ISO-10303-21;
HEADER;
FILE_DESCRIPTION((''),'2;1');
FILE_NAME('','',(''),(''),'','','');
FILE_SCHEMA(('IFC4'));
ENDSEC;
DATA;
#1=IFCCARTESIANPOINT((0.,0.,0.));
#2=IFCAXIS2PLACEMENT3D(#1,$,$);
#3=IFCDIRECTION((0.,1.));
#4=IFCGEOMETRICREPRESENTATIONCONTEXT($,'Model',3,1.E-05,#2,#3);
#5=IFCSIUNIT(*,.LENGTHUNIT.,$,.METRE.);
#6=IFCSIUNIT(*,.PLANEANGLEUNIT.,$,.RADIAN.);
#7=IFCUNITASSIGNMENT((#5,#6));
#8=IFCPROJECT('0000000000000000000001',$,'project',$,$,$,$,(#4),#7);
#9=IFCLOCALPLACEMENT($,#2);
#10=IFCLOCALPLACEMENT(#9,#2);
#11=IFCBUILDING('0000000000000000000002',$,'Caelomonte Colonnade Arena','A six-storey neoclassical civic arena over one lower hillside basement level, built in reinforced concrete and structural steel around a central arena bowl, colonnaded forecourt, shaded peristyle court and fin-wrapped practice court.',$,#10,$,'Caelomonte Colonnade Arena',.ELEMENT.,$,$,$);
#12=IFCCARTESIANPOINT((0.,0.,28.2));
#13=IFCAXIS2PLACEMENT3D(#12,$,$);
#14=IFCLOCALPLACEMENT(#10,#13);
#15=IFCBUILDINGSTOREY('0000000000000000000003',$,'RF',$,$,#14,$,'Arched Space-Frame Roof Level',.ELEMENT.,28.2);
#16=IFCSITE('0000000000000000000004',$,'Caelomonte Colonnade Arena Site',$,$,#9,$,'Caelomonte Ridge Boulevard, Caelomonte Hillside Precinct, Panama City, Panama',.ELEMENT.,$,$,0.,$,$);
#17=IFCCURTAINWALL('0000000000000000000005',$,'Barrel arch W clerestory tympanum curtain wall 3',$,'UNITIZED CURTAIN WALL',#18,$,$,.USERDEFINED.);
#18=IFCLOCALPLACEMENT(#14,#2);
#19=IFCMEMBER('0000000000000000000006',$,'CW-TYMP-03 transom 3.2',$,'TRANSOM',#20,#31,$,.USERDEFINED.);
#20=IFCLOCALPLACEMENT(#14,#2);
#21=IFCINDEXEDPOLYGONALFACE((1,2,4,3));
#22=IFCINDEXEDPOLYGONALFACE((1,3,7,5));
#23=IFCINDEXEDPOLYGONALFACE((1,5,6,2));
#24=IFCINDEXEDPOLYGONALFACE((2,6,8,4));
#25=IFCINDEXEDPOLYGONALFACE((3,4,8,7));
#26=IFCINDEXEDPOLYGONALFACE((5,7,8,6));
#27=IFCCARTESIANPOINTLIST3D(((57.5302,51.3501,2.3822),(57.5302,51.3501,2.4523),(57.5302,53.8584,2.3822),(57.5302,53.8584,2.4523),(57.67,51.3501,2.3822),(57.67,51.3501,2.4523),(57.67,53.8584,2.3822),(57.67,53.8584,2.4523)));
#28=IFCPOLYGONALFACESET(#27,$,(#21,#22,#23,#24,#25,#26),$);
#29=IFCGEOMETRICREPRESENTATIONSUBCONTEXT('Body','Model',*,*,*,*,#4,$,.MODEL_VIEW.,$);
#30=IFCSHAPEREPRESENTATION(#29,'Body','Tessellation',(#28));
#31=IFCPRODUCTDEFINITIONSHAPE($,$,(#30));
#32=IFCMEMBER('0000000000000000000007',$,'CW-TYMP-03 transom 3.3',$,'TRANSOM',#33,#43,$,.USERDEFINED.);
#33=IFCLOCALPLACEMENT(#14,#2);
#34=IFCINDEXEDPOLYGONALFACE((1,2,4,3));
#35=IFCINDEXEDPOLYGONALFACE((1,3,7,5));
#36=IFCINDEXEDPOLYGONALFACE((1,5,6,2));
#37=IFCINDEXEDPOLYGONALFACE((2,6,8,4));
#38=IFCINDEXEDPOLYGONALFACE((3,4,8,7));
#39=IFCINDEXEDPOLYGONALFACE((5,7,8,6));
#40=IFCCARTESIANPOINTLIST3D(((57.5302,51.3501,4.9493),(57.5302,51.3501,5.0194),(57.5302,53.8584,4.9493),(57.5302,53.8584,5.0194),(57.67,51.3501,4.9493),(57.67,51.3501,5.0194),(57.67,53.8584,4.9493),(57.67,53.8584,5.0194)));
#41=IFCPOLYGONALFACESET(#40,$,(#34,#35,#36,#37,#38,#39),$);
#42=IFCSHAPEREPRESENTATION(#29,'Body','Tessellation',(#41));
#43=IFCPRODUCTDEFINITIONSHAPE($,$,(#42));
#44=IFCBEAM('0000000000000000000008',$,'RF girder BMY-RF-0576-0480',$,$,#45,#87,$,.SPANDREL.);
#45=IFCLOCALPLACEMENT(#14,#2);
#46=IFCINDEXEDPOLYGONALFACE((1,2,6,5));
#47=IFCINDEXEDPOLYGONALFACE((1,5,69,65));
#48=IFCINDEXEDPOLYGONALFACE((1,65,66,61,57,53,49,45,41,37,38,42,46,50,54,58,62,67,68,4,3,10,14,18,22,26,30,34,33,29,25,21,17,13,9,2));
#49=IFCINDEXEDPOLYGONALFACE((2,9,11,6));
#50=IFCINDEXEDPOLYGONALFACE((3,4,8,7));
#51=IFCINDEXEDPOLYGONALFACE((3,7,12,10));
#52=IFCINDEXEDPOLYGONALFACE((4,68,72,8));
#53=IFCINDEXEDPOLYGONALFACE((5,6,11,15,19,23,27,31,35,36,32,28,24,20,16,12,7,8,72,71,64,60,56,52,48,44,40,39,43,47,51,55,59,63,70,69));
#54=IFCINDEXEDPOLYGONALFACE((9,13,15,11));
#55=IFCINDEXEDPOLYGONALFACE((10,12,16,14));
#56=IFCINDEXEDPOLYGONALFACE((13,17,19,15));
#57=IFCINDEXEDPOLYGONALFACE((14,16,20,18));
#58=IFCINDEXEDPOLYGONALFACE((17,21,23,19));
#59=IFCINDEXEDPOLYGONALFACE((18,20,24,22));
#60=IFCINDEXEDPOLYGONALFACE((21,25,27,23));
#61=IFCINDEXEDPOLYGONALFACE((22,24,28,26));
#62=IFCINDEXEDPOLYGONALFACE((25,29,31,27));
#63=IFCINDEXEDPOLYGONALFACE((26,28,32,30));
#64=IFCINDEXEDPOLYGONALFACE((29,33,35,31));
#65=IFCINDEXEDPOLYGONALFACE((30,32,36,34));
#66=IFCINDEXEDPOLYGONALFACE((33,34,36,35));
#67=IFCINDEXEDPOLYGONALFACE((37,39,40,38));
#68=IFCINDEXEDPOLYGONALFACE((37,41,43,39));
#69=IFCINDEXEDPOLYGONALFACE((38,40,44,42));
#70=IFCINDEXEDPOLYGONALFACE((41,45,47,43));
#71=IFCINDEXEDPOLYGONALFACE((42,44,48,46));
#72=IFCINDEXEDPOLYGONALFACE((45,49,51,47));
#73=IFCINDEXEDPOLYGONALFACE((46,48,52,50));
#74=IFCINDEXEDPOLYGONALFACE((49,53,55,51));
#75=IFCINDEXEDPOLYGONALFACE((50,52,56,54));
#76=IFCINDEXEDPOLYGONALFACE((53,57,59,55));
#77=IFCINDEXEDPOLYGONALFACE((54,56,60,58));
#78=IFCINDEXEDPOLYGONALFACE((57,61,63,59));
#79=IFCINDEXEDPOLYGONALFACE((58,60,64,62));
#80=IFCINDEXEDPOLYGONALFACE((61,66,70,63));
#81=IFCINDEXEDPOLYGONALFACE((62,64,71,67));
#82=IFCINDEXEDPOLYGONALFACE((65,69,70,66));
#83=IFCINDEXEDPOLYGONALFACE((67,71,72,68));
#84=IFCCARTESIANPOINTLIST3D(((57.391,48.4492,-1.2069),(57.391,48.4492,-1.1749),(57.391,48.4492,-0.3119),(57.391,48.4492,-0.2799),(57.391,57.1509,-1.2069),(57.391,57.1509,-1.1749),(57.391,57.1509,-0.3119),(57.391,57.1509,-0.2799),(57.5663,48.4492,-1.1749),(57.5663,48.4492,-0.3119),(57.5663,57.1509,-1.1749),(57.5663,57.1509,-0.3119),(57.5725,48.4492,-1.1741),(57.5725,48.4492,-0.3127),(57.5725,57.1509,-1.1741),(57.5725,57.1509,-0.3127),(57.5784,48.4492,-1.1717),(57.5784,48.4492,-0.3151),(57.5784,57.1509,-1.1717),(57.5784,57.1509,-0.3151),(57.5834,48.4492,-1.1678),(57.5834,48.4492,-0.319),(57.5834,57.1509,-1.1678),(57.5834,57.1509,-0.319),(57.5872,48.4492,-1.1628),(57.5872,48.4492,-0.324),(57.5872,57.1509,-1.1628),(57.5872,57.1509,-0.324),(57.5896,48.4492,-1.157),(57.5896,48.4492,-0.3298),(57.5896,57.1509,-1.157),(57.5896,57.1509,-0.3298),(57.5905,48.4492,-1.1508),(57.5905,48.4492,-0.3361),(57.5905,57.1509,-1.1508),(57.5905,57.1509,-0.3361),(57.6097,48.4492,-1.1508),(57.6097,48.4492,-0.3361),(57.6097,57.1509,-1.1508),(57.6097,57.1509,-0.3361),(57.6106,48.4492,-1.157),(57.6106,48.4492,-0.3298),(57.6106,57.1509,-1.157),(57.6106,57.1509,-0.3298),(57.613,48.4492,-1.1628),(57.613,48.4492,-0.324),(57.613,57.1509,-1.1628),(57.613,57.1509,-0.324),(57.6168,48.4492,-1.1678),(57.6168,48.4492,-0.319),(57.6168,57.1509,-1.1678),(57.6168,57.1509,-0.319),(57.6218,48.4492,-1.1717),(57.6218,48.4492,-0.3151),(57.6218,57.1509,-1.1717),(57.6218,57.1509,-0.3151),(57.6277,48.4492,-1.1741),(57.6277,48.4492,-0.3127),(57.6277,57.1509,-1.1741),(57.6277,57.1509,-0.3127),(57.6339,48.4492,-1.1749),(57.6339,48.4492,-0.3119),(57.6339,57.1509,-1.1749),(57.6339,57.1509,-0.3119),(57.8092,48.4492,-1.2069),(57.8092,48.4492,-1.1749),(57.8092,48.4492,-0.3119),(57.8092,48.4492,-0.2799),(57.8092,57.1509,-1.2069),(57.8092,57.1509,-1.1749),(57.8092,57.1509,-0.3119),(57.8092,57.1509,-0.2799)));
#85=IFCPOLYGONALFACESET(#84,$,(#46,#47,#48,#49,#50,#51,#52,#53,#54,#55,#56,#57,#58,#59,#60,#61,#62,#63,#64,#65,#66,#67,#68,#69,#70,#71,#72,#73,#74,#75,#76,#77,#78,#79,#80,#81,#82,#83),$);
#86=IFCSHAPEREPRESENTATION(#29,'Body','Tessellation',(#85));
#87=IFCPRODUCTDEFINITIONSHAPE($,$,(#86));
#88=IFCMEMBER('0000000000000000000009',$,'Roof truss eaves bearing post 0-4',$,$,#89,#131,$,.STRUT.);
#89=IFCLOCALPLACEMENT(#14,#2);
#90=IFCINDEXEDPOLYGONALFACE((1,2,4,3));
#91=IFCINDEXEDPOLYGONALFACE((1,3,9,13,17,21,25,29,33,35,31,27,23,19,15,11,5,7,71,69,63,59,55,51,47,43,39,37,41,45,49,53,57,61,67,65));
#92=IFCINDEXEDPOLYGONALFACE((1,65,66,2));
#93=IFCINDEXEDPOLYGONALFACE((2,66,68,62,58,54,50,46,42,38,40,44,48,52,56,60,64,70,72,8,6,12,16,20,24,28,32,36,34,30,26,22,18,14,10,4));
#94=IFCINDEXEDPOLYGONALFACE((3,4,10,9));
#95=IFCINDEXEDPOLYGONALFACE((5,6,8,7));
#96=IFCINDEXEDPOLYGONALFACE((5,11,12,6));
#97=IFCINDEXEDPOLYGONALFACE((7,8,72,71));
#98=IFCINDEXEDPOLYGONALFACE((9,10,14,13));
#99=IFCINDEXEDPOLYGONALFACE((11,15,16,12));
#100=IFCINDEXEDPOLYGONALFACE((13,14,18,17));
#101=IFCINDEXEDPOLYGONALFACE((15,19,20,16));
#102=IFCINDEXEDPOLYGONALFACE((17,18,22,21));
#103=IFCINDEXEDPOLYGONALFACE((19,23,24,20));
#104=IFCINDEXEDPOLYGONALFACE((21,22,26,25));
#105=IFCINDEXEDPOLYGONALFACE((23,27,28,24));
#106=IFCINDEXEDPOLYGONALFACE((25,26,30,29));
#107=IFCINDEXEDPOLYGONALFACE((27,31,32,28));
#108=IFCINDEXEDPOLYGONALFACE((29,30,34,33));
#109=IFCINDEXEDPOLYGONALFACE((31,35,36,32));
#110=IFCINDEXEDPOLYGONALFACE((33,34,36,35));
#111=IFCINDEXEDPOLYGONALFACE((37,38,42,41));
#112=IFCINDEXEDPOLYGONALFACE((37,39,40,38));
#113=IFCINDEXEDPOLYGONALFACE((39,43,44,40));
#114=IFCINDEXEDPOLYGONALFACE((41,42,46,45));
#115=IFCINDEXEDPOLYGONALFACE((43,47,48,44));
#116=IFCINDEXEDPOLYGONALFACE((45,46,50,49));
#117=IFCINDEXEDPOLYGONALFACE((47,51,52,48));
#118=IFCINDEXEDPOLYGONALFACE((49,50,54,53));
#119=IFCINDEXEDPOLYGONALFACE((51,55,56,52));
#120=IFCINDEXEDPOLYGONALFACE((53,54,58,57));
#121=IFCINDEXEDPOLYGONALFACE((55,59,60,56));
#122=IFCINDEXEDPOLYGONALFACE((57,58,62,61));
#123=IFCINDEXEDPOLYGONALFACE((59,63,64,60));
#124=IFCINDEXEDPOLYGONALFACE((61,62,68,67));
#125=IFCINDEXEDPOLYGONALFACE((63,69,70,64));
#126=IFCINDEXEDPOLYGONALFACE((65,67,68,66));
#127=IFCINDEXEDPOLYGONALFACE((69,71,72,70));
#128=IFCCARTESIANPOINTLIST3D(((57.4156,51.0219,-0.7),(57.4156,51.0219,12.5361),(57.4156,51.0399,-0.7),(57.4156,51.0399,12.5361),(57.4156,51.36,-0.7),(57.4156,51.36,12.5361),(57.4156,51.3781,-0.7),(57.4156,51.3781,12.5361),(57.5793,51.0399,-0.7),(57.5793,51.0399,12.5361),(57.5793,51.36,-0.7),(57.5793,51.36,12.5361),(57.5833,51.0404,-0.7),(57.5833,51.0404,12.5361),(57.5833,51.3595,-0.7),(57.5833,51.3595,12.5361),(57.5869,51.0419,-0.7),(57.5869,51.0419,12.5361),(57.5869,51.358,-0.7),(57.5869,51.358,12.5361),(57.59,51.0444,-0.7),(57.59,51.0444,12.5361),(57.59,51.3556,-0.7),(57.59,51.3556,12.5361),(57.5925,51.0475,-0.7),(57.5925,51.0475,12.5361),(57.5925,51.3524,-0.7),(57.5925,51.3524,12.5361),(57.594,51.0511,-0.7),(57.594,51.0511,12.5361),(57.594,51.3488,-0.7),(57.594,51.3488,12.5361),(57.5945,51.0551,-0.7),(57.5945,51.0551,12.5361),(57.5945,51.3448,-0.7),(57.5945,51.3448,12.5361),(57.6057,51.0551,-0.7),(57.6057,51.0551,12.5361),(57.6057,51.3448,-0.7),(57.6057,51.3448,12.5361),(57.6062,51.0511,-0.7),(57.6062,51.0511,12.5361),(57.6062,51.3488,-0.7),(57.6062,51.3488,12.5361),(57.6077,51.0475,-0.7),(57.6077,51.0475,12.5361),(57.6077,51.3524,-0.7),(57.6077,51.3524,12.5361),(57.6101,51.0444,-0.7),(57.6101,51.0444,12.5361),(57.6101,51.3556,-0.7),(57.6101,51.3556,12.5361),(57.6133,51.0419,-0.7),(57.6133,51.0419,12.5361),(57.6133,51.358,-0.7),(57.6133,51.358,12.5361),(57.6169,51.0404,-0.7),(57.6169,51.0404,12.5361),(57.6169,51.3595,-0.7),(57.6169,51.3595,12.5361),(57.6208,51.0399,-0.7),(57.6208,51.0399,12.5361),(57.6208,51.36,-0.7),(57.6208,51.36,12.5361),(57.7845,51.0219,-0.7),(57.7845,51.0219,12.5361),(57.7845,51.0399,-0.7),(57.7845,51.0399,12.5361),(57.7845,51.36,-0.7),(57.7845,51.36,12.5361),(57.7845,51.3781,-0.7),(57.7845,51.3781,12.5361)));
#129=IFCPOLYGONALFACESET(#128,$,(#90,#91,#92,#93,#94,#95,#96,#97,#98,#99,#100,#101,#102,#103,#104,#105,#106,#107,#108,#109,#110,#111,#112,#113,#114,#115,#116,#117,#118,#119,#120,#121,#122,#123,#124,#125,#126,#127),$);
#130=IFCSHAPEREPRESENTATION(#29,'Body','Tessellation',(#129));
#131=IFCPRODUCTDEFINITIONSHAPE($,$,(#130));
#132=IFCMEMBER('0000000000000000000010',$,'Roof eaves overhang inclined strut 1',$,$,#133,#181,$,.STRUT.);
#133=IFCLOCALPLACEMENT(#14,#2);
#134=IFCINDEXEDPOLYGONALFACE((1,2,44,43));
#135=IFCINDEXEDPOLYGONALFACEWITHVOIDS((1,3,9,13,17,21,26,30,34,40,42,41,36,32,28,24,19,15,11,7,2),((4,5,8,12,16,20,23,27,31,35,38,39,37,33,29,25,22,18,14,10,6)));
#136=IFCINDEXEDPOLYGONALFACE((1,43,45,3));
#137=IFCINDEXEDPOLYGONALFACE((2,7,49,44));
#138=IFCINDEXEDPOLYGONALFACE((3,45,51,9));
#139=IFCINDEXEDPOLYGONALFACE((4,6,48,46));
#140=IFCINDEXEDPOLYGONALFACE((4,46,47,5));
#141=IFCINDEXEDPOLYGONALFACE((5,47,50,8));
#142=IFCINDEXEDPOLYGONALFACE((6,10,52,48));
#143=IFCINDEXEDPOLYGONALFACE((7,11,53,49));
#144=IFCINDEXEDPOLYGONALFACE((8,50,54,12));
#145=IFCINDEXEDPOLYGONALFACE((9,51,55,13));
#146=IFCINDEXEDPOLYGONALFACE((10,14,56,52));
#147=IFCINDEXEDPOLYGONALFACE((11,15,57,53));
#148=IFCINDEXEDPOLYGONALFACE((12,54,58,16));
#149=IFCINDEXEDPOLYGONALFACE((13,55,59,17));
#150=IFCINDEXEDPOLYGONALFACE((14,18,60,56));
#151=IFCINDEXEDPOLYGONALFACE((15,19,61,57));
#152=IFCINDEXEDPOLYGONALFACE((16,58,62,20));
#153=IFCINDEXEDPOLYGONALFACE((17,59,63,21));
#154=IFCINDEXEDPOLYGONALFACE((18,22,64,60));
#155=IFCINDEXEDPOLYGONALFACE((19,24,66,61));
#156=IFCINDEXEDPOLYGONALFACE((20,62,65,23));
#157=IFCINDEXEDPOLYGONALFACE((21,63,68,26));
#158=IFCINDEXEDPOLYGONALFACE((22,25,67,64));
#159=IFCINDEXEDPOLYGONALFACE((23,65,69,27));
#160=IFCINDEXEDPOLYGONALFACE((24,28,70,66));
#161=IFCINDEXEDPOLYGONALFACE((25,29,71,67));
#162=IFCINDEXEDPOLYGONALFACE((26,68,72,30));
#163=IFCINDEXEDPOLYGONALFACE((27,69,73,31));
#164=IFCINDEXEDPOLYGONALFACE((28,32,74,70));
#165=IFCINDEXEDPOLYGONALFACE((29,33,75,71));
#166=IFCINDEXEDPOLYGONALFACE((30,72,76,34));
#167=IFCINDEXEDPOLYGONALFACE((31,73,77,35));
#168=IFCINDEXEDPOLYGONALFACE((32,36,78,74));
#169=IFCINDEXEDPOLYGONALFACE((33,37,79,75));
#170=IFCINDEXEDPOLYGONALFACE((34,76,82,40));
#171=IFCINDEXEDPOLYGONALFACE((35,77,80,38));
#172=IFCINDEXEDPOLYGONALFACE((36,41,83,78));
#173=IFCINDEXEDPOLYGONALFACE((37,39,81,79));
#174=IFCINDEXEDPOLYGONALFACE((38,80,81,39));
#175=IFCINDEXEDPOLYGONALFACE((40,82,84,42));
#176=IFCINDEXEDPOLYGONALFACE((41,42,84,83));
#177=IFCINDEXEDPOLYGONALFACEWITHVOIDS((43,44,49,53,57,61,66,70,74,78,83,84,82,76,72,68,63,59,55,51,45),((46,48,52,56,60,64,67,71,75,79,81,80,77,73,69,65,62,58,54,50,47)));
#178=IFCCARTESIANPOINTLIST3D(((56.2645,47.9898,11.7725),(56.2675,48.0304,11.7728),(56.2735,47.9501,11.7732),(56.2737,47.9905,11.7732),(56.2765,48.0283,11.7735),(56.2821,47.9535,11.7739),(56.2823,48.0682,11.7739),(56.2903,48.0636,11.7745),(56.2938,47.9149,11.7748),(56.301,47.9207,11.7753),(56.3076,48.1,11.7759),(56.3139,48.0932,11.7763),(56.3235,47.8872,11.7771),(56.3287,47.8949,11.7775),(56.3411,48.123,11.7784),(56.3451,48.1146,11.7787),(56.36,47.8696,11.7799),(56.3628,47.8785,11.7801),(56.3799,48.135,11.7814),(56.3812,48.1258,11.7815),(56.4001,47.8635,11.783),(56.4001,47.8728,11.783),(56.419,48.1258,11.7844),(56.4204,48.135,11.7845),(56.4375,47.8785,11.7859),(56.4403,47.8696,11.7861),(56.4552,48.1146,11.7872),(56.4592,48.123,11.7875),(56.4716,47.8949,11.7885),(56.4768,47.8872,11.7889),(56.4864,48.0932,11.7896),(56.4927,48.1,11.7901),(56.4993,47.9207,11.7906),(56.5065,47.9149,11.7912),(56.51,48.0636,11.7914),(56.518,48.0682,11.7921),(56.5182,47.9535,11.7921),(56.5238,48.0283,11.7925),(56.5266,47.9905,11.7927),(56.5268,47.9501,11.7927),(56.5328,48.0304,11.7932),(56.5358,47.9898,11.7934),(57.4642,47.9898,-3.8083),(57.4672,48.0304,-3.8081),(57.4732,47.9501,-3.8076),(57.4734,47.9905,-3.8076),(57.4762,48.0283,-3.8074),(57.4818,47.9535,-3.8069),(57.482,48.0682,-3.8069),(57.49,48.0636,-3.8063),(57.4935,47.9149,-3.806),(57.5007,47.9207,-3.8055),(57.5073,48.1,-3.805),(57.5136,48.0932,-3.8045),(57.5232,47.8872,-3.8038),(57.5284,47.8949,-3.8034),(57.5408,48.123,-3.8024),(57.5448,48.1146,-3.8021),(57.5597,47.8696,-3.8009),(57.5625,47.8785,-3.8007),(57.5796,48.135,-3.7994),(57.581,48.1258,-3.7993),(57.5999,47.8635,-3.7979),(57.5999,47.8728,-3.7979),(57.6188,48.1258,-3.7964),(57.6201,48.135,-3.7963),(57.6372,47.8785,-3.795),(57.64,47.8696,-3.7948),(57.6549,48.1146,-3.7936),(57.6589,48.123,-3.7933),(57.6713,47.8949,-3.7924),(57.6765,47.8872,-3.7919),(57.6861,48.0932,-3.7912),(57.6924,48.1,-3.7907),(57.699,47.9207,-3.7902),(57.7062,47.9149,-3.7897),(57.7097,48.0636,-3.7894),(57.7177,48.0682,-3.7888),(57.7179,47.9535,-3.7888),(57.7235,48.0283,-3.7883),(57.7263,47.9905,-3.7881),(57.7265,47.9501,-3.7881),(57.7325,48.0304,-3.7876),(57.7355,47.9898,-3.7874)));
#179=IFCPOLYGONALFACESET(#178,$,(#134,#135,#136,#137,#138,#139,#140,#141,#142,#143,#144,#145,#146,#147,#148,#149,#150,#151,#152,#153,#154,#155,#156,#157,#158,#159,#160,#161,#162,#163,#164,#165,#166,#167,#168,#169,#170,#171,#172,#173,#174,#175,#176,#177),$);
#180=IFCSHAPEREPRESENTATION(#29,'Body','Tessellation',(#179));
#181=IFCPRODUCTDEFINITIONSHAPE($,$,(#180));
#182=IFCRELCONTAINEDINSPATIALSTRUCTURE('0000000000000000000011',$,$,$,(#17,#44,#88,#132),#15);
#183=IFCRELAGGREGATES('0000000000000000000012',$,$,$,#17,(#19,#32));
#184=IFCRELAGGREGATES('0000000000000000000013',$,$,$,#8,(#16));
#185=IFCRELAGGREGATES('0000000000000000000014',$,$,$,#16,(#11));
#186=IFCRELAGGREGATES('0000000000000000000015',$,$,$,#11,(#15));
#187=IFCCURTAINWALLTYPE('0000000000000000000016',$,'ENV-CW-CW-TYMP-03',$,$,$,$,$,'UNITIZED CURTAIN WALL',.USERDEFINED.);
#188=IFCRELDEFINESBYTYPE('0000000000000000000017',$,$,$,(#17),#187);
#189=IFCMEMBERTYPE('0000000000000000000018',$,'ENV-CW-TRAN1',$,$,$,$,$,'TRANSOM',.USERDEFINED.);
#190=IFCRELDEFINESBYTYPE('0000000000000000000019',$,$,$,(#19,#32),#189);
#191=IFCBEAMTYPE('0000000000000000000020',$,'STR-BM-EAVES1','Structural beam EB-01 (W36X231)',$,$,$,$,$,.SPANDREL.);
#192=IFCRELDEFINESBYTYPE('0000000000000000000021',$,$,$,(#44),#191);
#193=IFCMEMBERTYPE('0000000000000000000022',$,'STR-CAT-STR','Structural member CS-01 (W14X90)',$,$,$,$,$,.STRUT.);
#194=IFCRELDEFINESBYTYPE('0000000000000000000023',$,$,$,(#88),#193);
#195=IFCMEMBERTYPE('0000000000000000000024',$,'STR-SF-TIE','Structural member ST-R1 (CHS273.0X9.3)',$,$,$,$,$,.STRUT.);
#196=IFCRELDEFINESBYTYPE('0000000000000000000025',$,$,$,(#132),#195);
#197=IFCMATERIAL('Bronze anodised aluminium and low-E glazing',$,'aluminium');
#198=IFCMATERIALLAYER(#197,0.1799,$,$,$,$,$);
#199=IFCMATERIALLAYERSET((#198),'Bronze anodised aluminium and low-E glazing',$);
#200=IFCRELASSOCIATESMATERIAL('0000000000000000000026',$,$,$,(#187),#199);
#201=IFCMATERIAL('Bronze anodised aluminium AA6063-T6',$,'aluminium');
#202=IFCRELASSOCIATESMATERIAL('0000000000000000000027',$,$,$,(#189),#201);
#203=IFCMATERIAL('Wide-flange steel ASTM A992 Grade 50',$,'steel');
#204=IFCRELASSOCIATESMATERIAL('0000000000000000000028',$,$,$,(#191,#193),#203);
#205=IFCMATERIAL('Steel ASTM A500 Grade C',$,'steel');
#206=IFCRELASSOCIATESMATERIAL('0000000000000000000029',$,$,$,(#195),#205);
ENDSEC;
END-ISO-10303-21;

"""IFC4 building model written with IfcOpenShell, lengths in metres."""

from ifc_helpers import new_model, si_unit, direction, frame, origin, origin_2d, place, context, subcontext, project, spatial, rectangle, hollow_circle, i_section, extrude, material, layer, layer_set, material_profile, profile_set, type_object, element, aggregate, save


model = new_model("IFC4")

# Units and contexts
model_context = context("Model", 3, precision=1e-05, world=origin(), true_north=direction((0.0, 1.0)))
body_context = subcontext(model_context, "Body", "Model", "MODEL_VIEW")
ifc_project = project(units=[si_unit("LENGTHUNIT", "METRE"), si_unit("PLANEANGLEUNIT", "RADIAN")], contexts=[model_context])

# Site, building, storey
site_placement = place(None, origin())
site = spatial("IfcSite", under=ifc_project, at=site_placement, Name="Caelomonte Colonnade Arena Site", LongName="Caelomonte Ridge Boulevard, Caelomonte Hillside Precinct, Panama City, Panama", CompositionType="ELEMENT", RefElevation=0.0)
building_placement = place(site_placement, origin())
building = spatial("IfcBuilding", under=site, at=building_placement, Name="Caelomonte Colonnade Arena", Description="A six-storey neoclassical civic arena over one lower hillside basement level, built in reinforced concrete and structural steel around a central arena bowl, colonnaded forecourt, shaded peristyle court and fin-wrapped practice court.", LongName="Caelomonte Colonnade Arena", CompositionType="ELEMENT")
storey_placement = place(building_placement, frame((0.0, 0.0, 28.2)))
storey = spatial("IfcBuildingStorey", under=building, at=storey_placement, Name="RF", LongName="Arched Space-Frame Roof Level", CompositionType="ELEMENT", Elevation=28.2)

# Curtain wall
ifc_material_1 = material(Name="Bronze anodised aluminium and low-E glazing", Category="aluminium")
ifc_material_2 = material(Name="Bronze anodised aluminium AA6063-T6", Category="aluminium")
ifc_layer_1 = layer(ifc_material_1, 0.1799)
ifc_layer_set_1 = layer_set([ifc_layer_1], Name="Bronze anodised aluminium and low-E glazing")
curtain_wall_type_1 = type_object("IfcCurtainWallType", Name="ENV-CW-CW-TYMP-03", ElementType="UNITIZED CURTAIN WALL", PredefinedType="USERDEFINED", material=ifc_layer_set_1)
curtain_wall_1_placement = place(storey_placement, origin())
curtain_wall_1 = element("IfcCurtainWall", 1, at=curtain_wall_1_placement, inside=storey, type_object=curtain_wall_type_1, Name="Barrel arch W clerestory tympanum curtain wall 3", ObjectType="UNITIZED CURTAIN WALL", PredefinedType="USERDEFINED")

# Members
ifc_material_profile_1 = material_profile(ifc_material_2, rectangle(XDim=0.0701, YDim=0.1399, at=origin_2d()), Name="CWT-70X140")
ifc_profile_set_1 = profile_set([ifc_material_profile_1], Name="Bronze anodised aluminium AA6063-T6")
member_type_1 = type_object("IfcMemberType", Name="ENV-CW-TRAN1", ElementType="TRANSOM", PredefinedType="USERDEFINED", material=ifc_profile_set_1)
member_1_placement = place(storey_placement, frame((57.6001, 53.8584, 2.4172), z_axis=(0.0, -1.0, 0.0), x_axis=(0.0, 0.0, 1.0)))
member_1 = element("IfcMember", 2, at=member_1_placement, type_object=member_type_1, Name="CW-TYMP-03 transom 3.2", ObjectType="TRANSOM", PredefinedType="USERDEFINED", context=body_context, shape_type="SweptSolid", body=[
    extrude(rectangle(XDim=0.0701, YDim=0.1399, at=origin_2d()), origin(), (0.0, 0.0, 1.0), 2.5083),
])
member_2_placement = place(storey_placement, frame((57.6001, 53.8584, 4.9844), z_axis=(0.0, -1.0, 0.0), x_axis=(0.0, 0.0, 1.0)))
member_2 = element("IfcMember", 3, at=member_2_placement, type_object=member_type_1, Name="CW-TYMP-03 transom 3.3", ObjectType="TRANSOM", PredefinedType="USERDEFINED", context=body_context, shape_type="SweptSolid", body=[
    extrude(rectangle(XDim=0.0701, YDim=0.1399, at=origin_2d()), origin(), (0.0, 0.0, 1.0), 2.5083),
])

# Beam
ifc_material_3 = material(Name="Wide-flange steel ASTM A992 Grade 50", Category="steel")
ifc_material_profile_2 = material_profile(ifc_material_3, i_section(OverallWidth=0.4182, OverallDepth=0.927, WebThickness=0.0193, FlangeThickness=0.032, FilletRadius=0.0242, at=origin_2d()), Name="W36X231")
ifc_profile_set_2 = profile_set([ifc_material_profile_2], Name="Wide-flange steel ASTM A992 Grade 50")
beam_type = type_object("IfcBeamType", Name="STR-BM-EAVES1", Description="Structural beam EB-01 (W36X231)", PredefinedType="SPANDREL", material=ifc_profile_set_2)
beam_placement = place(storey_placement, frame((57.6001, 48.4492, -0.7434), z_axis=(0.0, 1.0, 0.0), x_axis=(-1.0, 0.0, 0.0)))
element("IfcBeam", 4, at=beam_placement, inside=storey, type_object=beam_type, Name="RF girder BMY-RF-0576-0480", PredefinedType="SPANDREL", context=body_context, shape_type="SweptSolid", body=[
    extrude(i_section(OverallWidth=0.4182, OverallDepth=0.927, WebThickness=0.0193, FlangeThickness=0.032, FilletRadius=0.0242, at=origin_2d()), origin(), (0.0, 0.0, 1.0), 8.7017),
])

# Members
ifc_material_profile_3 = material_profile(ifc_material_3, i_section(OverallWidth=0.3689, OverallDepth=0.3562, WebThickness=0.0112, FlangeThickness=0.0181, FilletRadius=0.0151, at=origin_2d()), Name="W14X90")
ifc_profile_set_3 = profile_set([ifc_material_profile_3], Name="Wide-flange steel ASTM A992 Grade 50")
member_type_2 = type_object("IfcMemberType", Name="STR-CAT-STR", Description="Structural member CS-01 (W14X90)", PredefinedType="STRUT", material=ifc_profile_set_3)
member_3_placement = place(storey_placement, frame((57.6001, 51.2, -0.7), z_axis=(0.0, 0.0, 1.0), x_axis=(1.0, 0.0, 0.0)))
element("IfcMember", 5, at=member_3_placement, inside=storey, type_object=member_type_2, Name="Roof truss eaves bearing post 0-4", PredefinedType="STRUT", context=body_context, shape_type="SweptSolid", body=[
    extrude(i_section(OverallWidth=0.3689, OverallDepth=0.3562, WebThickness=0.0112, FlangeThickness=0.0181, FilletRadius=0.0151, at=origin_2d()), origin(), (0.0, 0.0, 1.0), 13.2361),
])
ifc_material_4 = material(Name="Steel ASTM A500 Grade C", Category="steel")
ifc_material_profile_4 = material_profile(ifc_material_4, hollow_circle(Radius=0.1365, WallThickness=0.0093, at=origin_2d()), Name="CHS273.0X9.3")
ifc_profile_set_4 = profile_set([ifc_material_profile_4], Name="Steel ASTM A500 Grade C")
member_type_3 = type_object("IfcMemberType", Name="STR-SF-TIE", Description="Structural member ST-R1 (CHS273.0X9.3)", PredefinedType="STRUT", material=ifc_profile_set_4)
member_4_placement = place(storey_placement, frame((57.5999, 48.0, -3.7979), z_axis=(-0.076772, 0.0, 0.997049), x_axis=(0.0, -1.0, 0.0)))
element("IfcMember", 6, at=member_4_placement, inside=storey, type_object=member_type_3, Name="Roof eaves overhang inclined strut 1", PredefinedType="STRUT", context=body_context, shape_type="SweptSolid", body=[
    extrude(hollow_circle(Radius=0.1365, WallThickness=0.0093, at=origin_2d()), origin(), (0.0, 0.0, 1.0), 15.627),
])

aggregate(curtain_wall_1, [member_1, member_2])

save(model, "model.ifc")
